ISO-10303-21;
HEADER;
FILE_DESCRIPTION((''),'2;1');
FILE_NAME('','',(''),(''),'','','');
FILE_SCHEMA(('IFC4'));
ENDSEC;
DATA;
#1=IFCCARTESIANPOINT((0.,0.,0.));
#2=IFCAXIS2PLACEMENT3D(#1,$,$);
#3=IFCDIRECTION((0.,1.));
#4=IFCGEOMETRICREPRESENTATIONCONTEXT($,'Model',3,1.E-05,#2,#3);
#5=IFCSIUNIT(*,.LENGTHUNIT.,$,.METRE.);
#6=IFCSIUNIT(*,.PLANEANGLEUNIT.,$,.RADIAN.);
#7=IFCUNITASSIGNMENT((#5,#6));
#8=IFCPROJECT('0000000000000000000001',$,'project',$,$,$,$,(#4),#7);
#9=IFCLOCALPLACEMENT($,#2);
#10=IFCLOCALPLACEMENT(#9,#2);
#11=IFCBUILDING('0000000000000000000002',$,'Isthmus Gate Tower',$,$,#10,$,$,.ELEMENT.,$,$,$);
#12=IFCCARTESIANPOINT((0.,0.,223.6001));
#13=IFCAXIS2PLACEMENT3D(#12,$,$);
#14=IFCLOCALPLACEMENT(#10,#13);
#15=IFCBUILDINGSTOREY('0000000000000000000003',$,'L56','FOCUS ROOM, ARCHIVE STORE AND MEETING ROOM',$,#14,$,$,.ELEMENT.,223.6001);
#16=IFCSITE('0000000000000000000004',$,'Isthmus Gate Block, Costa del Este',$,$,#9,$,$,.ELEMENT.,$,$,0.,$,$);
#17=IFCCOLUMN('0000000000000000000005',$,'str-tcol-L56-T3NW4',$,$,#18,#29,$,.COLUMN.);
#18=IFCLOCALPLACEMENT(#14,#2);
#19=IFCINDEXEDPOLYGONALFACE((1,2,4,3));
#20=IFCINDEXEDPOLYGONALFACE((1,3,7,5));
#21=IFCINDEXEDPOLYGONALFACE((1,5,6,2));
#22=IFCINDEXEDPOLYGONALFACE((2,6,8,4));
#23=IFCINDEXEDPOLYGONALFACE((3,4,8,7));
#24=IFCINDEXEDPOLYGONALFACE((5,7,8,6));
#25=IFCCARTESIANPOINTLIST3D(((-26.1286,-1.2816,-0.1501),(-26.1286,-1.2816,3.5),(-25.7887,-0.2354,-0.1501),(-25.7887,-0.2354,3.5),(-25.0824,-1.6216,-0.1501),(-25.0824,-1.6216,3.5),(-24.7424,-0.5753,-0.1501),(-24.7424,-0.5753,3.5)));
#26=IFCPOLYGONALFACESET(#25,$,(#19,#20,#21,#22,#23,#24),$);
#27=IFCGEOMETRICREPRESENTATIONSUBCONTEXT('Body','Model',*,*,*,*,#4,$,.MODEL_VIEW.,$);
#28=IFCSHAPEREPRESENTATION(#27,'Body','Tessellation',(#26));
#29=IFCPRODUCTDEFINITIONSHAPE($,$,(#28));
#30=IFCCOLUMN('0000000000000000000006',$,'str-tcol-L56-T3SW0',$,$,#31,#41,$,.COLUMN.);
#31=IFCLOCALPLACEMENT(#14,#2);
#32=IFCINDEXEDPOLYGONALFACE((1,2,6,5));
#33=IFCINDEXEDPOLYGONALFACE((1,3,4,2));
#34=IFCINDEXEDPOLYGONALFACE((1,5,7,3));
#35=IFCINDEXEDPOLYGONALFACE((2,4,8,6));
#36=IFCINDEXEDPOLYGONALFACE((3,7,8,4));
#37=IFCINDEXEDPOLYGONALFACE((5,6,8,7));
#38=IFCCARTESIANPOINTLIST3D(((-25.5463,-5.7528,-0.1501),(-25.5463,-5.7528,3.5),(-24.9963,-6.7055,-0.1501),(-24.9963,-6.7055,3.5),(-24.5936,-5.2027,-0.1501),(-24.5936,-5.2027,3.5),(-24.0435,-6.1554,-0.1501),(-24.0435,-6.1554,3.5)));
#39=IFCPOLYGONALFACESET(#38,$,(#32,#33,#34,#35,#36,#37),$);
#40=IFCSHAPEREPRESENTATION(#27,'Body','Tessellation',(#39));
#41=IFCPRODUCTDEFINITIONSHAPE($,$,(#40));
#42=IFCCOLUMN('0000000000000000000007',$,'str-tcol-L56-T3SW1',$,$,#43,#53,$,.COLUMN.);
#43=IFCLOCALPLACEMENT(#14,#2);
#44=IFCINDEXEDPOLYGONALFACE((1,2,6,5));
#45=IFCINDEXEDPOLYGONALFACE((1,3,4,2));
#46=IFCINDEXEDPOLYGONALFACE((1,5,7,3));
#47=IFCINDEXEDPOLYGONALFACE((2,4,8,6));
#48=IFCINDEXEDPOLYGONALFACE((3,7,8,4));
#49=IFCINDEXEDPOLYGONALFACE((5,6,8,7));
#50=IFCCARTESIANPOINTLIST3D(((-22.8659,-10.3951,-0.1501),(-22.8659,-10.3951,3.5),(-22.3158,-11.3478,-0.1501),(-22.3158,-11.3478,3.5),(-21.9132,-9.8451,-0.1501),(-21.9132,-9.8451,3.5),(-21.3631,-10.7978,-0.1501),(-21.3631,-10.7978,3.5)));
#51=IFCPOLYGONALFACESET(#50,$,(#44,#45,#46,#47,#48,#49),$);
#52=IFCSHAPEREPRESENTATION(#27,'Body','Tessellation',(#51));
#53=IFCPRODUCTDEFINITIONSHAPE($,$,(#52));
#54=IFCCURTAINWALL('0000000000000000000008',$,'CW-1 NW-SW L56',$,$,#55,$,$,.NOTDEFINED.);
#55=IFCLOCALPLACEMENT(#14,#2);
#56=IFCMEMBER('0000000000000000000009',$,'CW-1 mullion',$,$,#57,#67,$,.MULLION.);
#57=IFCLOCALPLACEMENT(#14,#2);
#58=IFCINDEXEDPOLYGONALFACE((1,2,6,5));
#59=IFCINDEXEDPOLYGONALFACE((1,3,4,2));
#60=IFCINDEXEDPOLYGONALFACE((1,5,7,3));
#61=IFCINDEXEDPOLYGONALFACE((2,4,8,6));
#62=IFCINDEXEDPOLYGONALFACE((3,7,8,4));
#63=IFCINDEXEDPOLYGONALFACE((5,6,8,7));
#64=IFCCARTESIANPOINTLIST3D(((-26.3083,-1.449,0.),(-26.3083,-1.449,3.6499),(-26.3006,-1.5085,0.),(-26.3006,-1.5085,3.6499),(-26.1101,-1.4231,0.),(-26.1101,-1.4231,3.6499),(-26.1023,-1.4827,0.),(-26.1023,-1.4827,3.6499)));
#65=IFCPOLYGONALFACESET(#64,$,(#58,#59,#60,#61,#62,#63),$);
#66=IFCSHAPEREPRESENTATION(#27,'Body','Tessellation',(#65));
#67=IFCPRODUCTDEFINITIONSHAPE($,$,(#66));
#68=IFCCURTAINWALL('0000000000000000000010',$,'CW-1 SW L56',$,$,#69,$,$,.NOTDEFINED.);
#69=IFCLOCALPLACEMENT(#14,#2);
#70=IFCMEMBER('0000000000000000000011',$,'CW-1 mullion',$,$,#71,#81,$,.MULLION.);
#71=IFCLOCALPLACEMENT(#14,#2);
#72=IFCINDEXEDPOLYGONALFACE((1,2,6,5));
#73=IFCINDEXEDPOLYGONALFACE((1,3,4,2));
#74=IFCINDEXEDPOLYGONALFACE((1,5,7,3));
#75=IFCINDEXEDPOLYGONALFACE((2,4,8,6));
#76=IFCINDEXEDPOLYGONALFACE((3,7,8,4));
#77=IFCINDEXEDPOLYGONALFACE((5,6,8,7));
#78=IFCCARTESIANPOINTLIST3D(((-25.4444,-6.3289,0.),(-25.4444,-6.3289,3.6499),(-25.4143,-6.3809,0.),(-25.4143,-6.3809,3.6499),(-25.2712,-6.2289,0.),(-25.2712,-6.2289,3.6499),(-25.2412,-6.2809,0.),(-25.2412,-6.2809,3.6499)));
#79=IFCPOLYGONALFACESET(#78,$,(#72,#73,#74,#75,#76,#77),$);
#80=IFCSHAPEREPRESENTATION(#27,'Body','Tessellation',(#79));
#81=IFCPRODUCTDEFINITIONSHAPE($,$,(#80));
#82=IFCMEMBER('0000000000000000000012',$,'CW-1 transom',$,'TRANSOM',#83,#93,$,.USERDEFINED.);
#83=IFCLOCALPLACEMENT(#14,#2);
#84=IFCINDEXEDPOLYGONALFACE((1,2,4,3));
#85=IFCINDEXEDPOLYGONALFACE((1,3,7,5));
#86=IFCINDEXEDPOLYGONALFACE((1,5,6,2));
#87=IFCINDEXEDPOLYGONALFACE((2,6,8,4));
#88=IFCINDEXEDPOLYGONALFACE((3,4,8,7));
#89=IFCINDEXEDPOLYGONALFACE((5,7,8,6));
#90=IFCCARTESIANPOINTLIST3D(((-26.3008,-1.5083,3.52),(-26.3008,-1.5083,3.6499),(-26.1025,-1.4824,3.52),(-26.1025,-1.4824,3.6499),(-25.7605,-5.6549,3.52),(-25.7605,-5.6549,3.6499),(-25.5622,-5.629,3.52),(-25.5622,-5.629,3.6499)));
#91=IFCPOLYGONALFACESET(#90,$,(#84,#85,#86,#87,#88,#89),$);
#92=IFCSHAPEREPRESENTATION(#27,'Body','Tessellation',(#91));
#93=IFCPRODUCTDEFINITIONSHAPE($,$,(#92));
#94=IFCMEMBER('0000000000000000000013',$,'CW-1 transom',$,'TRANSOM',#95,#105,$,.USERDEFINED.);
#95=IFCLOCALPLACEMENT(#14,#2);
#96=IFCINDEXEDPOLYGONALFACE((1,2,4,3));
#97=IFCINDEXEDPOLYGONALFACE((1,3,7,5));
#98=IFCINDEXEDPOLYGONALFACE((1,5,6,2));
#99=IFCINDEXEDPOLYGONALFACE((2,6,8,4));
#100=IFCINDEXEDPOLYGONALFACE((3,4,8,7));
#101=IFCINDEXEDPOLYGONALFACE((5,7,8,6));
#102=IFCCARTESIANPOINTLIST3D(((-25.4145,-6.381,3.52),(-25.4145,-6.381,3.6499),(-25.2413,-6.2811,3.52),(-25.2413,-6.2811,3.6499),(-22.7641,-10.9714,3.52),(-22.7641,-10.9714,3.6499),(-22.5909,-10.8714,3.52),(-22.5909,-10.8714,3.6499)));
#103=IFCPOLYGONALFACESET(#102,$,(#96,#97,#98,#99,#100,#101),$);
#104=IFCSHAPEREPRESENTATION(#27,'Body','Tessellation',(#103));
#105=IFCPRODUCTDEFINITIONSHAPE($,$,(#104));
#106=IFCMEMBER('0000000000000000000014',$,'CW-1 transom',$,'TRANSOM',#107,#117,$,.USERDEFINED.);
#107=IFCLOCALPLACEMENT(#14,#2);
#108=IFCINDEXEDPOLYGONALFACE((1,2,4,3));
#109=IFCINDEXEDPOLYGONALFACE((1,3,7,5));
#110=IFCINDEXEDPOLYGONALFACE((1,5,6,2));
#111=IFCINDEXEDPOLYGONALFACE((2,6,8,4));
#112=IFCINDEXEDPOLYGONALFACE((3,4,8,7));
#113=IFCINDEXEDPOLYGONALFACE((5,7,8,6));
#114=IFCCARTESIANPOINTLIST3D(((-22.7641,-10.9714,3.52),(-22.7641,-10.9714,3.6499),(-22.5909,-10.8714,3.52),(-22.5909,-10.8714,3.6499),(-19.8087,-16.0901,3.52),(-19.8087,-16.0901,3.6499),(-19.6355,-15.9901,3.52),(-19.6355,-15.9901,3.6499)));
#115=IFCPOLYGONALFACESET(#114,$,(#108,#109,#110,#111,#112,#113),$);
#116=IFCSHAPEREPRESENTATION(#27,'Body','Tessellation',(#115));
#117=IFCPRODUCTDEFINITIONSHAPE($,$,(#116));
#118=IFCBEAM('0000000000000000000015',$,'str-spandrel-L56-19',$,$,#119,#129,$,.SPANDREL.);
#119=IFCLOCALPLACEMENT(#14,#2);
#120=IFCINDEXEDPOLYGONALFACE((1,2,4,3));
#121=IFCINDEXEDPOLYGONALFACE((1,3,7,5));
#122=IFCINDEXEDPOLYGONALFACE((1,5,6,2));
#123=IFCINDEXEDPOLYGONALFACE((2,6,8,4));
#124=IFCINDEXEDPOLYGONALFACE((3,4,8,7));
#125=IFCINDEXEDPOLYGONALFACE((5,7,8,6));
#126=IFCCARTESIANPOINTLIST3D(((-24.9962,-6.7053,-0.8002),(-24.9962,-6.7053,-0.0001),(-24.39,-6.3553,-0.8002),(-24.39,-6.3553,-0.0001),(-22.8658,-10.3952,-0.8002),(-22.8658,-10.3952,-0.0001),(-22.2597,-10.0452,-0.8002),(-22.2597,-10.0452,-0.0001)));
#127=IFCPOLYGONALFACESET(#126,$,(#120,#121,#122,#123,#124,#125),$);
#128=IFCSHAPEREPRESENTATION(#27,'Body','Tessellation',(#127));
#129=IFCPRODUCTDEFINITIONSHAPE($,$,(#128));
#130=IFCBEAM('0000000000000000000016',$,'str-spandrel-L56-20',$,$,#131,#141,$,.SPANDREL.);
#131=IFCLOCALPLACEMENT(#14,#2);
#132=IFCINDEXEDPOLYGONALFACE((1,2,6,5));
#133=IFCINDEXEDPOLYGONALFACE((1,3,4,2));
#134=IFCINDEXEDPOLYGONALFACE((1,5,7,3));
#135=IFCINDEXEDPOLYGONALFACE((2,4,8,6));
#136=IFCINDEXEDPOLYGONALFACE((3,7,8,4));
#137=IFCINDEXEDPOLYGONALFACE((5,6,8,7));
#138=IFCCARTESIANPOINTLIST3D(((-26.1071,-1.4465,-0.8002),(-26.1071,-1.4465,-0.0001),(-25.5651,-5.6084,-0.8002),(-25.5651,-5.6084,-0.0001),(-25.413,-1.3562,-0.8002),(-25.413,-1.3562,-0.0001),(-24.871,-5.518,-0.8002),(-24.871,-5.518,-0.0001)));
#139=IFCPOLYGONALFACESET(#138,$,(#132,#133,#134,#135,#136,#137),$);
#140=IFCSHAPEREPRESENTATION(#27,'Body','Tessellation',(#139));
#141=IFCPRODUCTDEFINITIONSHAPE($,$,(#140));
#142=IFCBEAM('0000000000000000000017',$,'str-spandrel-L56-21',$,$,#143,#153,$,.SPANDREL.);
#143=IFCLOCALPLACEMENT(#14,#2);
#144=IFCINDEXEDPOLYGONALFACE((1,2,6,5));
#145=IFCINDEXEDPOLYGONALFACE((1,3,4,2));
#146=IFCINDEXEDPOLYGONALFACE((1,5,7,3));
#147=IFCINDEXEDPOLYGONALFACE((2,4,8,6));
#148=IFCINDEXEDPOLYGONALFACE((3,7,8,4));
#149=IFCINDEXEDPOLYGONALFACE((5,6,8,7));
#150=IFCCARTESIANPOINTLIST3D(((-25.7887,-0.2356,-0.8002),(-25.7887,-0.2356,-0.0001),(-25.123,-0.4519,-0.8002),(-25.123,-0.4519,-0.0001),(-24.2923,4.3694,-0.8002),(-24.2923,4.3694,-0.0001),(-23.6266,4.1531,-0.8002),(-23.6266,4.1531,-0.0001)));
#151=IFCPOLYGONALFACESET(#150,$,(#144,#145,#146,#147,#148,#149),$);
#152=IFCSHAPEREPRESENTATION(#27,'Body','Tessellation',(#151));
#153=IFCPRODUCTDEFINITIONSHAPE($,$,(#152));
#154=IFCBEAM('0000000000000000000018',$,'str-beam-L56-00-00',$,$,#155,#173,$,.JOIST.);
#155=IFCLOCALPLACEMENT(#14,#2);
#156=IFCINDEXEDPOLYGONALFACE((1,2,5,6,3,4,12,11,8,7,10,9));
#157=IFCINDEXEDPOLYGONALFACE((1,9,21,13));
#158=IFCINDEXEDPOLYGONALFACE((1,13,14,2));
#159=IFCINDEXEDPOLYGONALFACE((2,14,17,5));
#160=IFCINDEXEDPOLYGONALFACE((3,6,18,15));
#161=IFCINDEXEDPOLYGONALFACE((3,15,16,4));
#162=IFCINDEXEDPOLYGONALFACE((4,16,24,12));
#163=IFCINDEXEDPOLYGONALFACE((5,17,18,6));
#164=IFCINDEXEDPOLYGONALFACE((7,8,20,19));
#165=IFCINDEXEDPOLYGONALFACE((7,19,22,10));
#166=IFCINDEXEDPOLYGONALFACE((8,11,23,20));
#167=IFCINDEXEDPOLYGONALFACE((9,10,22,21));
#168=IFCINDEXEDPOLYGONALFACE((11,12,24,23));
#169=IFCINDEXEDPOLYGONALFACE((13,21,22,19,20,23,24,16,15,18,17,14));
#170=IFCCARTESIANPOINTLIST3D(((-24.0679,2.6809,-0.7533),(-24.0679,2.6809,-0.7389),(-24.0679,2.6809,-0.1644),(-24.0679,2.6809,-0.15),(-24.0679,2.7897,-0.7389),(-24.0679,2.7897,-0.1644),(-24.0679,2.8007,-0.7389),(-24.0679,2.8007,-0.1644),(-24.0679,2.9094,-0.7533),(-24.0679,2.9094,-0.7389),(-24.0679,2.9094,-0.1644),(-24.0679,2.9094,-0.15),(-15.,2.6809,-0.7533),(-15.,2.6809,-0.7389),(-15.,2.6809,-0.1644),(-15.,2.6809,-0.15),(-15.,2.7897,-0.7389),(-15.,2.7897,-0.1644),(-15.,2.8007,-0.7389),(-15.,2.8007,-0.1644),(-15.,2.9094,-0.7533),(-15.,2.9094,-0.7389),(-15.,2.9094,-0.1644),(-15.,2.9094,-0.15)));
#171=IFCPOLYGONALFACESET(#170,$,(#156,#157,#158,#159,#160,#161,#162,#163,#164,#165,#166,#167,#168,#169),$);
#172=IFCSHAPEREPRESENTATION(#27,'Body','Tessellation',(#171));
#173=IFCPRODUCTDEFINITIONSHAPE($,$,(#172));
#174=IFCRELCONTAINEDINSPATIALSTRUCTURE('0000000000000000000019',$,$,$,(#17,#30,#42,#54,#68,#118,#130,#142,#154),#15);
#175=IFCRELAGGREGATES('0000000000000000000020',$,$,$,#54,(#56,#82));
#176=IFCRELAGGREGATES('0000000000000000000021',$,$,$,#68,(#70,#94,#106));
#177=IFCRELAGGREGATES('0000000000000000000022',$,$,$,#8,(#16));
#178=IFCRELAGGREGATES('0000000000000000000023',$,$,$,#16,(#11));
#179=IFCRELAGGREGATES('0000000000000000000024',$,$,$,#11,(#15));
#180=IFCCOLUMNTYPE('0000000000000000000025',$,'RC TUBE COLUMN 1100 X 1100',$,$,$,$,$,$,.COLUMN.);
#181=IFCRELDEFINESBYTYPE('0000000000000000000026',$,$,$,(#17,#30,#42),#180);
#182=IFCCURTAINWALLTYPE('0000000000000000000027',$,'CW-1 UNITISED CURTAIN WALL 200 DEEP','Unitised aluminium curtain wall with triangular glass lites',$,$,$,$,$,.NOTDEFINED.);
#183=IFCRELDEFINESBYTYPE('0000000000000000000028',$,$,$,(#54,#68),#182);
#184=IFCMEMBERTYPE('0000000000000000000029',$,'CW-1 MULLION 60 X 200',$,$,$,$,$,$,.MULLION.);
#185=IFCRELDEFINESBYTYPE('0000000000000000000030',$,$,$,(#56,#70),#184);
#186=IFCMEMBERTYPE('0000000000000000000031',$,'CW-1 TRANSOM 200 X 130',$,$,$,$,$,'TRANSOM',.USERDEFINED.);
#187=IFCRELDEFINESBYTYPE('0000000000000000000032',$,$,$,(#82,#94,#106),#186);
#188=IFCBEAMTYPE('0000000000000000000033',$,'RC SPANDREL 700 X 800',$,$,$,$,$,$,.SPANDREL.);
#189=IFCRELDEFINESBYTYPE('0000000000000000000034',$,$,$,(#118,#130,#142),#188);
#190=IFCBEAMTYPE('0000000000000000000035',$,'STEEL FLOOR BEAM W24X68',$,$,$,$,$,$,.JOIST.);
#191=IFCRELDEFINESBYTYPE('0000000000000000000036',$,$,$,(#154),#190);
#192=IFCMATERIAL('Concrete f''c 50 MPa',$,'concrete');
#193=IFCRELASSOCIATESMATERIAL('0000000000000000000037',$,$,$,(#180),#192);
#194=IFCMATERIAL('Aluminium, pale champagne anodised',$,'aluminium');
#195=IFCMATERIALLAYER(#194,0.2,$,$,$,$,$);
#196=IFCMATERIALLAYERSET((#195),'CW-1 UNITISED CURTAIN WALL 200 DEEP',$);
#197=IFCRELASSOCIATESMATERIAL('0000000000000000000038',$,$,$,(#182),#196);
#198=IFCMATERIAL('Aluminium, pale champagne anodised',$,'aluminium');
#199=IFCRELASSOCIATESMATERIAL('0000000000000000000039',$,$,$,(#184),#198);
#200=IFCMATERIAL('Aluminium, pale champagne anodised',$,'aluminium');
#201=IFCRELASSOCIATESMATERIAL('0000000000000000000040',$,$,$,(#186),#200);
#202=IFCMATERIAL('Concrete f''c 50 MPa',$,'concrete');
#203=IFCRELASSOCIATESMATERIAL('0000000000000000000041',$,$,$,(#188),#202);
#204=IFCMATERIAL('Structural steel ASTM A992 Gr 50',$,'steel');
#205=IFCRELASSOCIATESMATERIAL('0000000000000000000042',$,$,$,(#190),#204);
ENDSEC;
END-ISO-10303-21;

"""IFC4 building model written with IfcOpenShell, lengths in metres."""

from ifc_helpers import new_model, si_unit, direction, frame, origin, origin_2d, place, context, subcontext, project, spatial, rectangle, i_section, extrude, material, layer, layer_set, material_profile, profile_set, type_object, element, aggregate, save


model = new_model("IFC4")

# Units and contexts
model_context = context("Model", 3, precision=1e-05, world=origin(), true_north=direction((0.0, 1.0)))
body_context = subcontext(model_context, "Body", "Model", "MODEL_VIEW")
ifc_project = project(units=[si_unit("LENGTHUNIT", "METRE"), si_unit("PLANEANGLEUNIT", "RADIAN")], contexts=[model_context])

# Site, building, storey
site_placement = place(None, origin())
site = spatial("IfcSite", under=ifc_project, at=site_placement, Name="Isthmus Gate Block, Costa del Este", CompositionType="ELEMENT", RefElevation=0.0)
building_placement = place(site_placement, origin())
building = spatial("IfcBuilding", under=site, at=building_placement, Name="Isthmus Gate Tower", CompositionType="ELEMENT")
storey_placement = place(building_placement, frame((0.0, 0.0, 223.6001)))
storey = spatial("IfcBuildingStorey", under=building, at=storey_placement, Name="L56", Description="FOCUS ROOM, ARCHIVE STORE AND MEETING ROOM", CompositionType="ELEMENT", Elevation=223.6001)

# Columns
ifc_material_1 = material(Name="Concrete f'c 50 MPa", Category="concrete")
ifc_material_profile_1 = material_profile(ifc_material_1, rectangle(XDim=1.1001, YDim=1.1001, at=origin_2d()), Name="RC 1100X1100")
ifc_profile_set_1 = profile_set([ifc_material_profile_1], Name="Concrete f'c 50 MPa")
column_type = type_object("IfcColumnType", Name="RC TUBE COLUMN 1100 X 1100", PredefinedType="COLUMN", material=ifc_profile_set_1)
for number, where, z_axis, x_axis, name in (
    (1, (-25.4355, -0.9285, -0.1501), (0.0, 0.0, 1.0), (-0.309017, -0.951057, 0.0), "str-tcol-L56-T3NW4"),
    (2, (-24.7949, -5.9541, -0.1501), (0.0, 0.0, 1.0), (0.5, -0.866025, 0.0), "str-tcol-L56-T3SW0"),
    (3, (-22.1145, -10.5964, -0.1501), (0.0, 0.0, 1.0), (0.5, -0.866025, 0.0), "str-tcol-L56-T3SW1"),
):
    element("IfcColumn", number, at=place(storey_placement, frame(where, z_axis=z_axis, x_axis=x_axis)), inside=storey, type_object=column_type, Name=name, PredefinedType="COLUMN", context=body_context, shape_type="SweptSolid", body=[
        extrude(rectangle(XDim=1.1001, YDim=1.1001, at=origin_2d()), origin(), (0.0, 0.0, 1.0), 3.6501),
    ])

# Curtain walls, members
ifc_material_2 = material(Name="Aluminium, pale champagne anodised", Category="aluminium")
ifc_layer_1 = layer(ifc_material_2, 0.2)
ifc_layer_set_1 = layer_set([ifc_layer_1], Name="CW-1 UNITISED CURTAIN WALL 200 DEEP")
curtain_wall_type = type_object("IfcCurtainWallType", Name="CW-1 UNITISED CURTAIN WALL 200 DEEP", Description="Unitised aluminium curtain wall with triangular glass lites", PredefinedType="NOTDEFINED", material=ifc_layer_set_1)
curtain_wall_1_placement = place(storey_placement, origin())
curtain_wall_1 = element("IfcCurtainWall", 4, at=curtain_wall_1_placement, inside=storey, type_object=curtain_wall_type, Name="CW-1 NW-SW L56", PredefinedType="NOTDEFINED")
ifc_material_3 = material(Name="Aluminium, pale champagne anodised", Category="aluminium")
ifc_material_profile_2 = material_profile(ifc_material_3, rectangle(XDim=0.0601, YDim=0.2, at=origin_2d()), Name="60x200")
ifc_profile_set_2 = profile_set([ifc_material_profile_2], Name="Aluminium, pale champagne anodised")
member_type_1 = type_object("IfcMemberType", Name="CW-1 MULLION 60 X 200", PredefinedType="MULLION", material=ifc_profile_set_2)
member_1_placement = place(storey_placement, frame((-26.2053, -1.4658, 0.0), z_axis=(0.0, 0.0, 1.0), x_axis=(0.129165, -0.991623, 0.0)))
member_1 = element("IfcMember", 5, at=member_1_placement, type_object=member_type_1, Name="CW-1 mullion", PredefinedType="MULLION", context=body_context, shape_type="SweptSolid", body=[
    extrude(rectangle(XDim=0.0601, YDim=0.2, at=origin_2d()), origin(), (0.0, 0.0, 1.0), 3.6499),
])
curtain_wall_2_placement = place(storey_placement, origin())
curtain_wall_2 = element("IfcCurtainWall", 6, at=curtain_wall_2_placement, inside=storey, type_object=curtain_wall_type, Name="CW-1 SW L56", PredefinedType="NOTDEFINED")
member_2_placement = place(storey_placement, frame((-25.3428, -6.3049, 0.0), z_axis=(0.0, 0.0, 1.0), x_axis=(0.5, -0.866025, 0.0)))
member_2 = element("IfcMember", 7, at=member_2_placement, type_object=member_type_1, Name="CW-1 mullion", PredefinedType="MULLION", context=body_context, shape_type="SweptSolid", body=[
    extrude(rectangle(XDim=0.0601, YDim=0.2, at=origin_2d()), origin(), (0.0, 0.0, 1.0), 3.6499),
])

# Members
ifc_material_4 = material(Name="Aluminium, pale champagne anodised", Category="aluminium")
ifc_material_profile_3 = material_profile(ifc_material_4, rectangle(XDim=0.2, YDim=0.1299, at=origin_2d()), Name="200x130")
ifc_profile_set_3 = profile_set([ifc_material_profile_3], Name="Aluminium, pale champagne anodised")
member_type_2 = type_object("IfcMemberType", Name="CW-1 TRANSOM 200 X 130", ElementType="TRANSOM", PredefinedType="USERDEFINED", material=ifc_profile_set_3)
member_3_placement = place(storey_placement, frame((-26.2017, -1.4954, 3.585), z_axis=(0.129207, -0.991618, 0.0), x_axis=(0.991618, 0.129207, 0.0)))
member_3 = element("IfcMember", 8, at=member_3_placement, type_object=member_type_2, Name="CW-1 transom", ObjectType="TRANSOM", PredefinedType="USERDEFINED", context=body_context, shape_type="SweptSolid", body=[
    extrude(rectangle(XDim=0.2, YDim=0.1299, at=origin_2d()), origin(), (0.0, 0.0, 1.0), 4.1816),
])
member_4_placement = place(storey_placement, frame((-25.3279, -6.3311, 3.585), z_axis=(0.500023, -0.866012, 0.0), x_axis=(0.866012, 0.500023, 0.0)))
member_4 = element("IfcMember", 9, at=member_4_placement, type_object=member_type_2, Name="CW-1 transom", ObjectType="TRANSOM", PredefinedType="USERDEFINED", context=body_context, shape_type="SweptSolid", body=[
    extrude(rectangle(XDim=0.2, YDim=0.1299, at=origin_2d()), origin(), (0.0, 0.0, 1.0), 5.3005),
])
member_5_placement = place(storey_placement, frame((-22.6775, -10.9214, 3.585), z_axis=(0.500008, -0.86602, 0.0), x_axis=(0.86602, 0.500008, 0.0)))
member_5 = element("IfcMember", 10, at=member_5_placement, type_object=member_type_2, Name="CW-1 transom", ObjectType="TRANSOM", PredefinedType="USERDEFINED", context=body_context, shape_type="SweptSolid", body=[
    extrude(rectangle(XDim=0.2, YDim=0.1299, at=origin_2d()), origin(), (0.0, 0.0, 1.0), 5.9106),
])

# Beams
ifc_material_5 = material(Name="Concrete f'c 50 MPa", Category="concrete")
ifc_material_profile_4 = material_profile(ifc_material_5, rectangle(XDim=0.7, YDim=0.8, at=origin_2d()), Name="RC 700X800")
ifc_profile_set_4 = profile_set([ifc_material_profile_4], Name="Concrete f'c 50 MPa")
beam_type_1 = type_object("IfcBeamType", Name="RC SPANDREL 700 X 800", PredefinedType="SPANDREL", material=ifc_profile_set_4)
beam_1_placement = place(storey_placement, frame((-22.5627, -10.2202, -0.4001), z_axis=(-0.499997, 0.866027, 0.0), x_axis=(-0.866027, -0.499997, 0.0)))
element("IfcBeam", 11, at=beam_1_placement, inside=storey, type_object=beam_type_1, Name="str-spandrel-L56-19", PredefinedType="SPANDREL", context=body_context, shape_type="SweptSolid", body=[
    extrude(rectangle(XDim=0.7, YDim=0.8, at=origin_2d()), origin(), (0.0, 0.0, 1.0), 4.2607),
])
beam_2_placement = place(storey_placement, frame((-25.218, -5.5632, -0.4001), z_axis=(-0.129138, 0.991627, 0.0), x_axis=(-0.991627, -0.129138, 0.0)))
element("IfcBeam", 12, at=beam_2_placement, inside=storey, type_object=beam_type_1, Name="str-spandrel-L56-20", PredefinedType="SPANDREL", context=body_context, shape_type="SweptSolid", body=[
    extrude(rectangle(XDim=0.7, YDim=0.8, at=origin_2d()), origin(), (0.0, 0.0, 1.0), 4.197),
])
beam_3_placement = place(storey_placement, frame((-25.4558, -0.3438, -0.4001), z_axis=(0.309034, 0.951051, 0.0), x_axis=(-0.951051, 0.309034, 0.0)))
element("IfcBeam", 13, at=beam_3_placement, inside=storey, type_object=beam_type_1, Name="str-spandrel-L56-21", PredefinedType="SPANDREL", context=body_context, shape_type="SweptSolid", body=[
    extrude(rectangle(XDim=0.7, YDim=0.8, at=origin_2d()), origin(), (0.0, 0.0, 1.0), 4.842),
])
ifc_material_6 = material(Name="Structural steel ASTM A992 Gr 50", Category="steel")
ifc_material_profile_5 = material_profile(ifc_material_6, i_section(OverallWidth=0.2285, OverallDepth=0.6033, WebThickness=0.011, FlangeThickness=0.0144, at=origin_2d()), Name="W24X68")
ifc_profile_set_5 = profile_set([ifc_material_profile_5], Name="Structural steel ASTM A992 Gr 50")
beam_type_2 = type_object("IfcBeamType", Name="STEEL FLOOR BEAM W24X68", PredefinedType="JOIST", material=ifc_profile_set_5)
beam_4_placement = place(storey_placement, frame((-24.0679, 2.7952, -0.4517), z_axis=(1.0, 0.0, 0.0), x_axis=(0.0, 1.0, 0.0)))
element("IfcBeam", 14, at=beam_4_placement, inside=storey, type_object=beam_type_2, Name="str-beam-L56-00-00", PredefinedType="JOIST", context=body_context, shape_type="SweptSolid", body=[
    extrude(i_section(OverallWidth=0.2285, OverallDepth=0.6033, WebThickness=0.011, FlangeThickness=0.0144, at=origin_2d()), origin(), (0.0, 0.0, 1.0), 9.0679),
])

aggregate(curtain_wall_1, [member_1, member_3])
aggregate(curtain_wall_2, [member_2, member_4, member_5])

save(model, "model.ifc")
